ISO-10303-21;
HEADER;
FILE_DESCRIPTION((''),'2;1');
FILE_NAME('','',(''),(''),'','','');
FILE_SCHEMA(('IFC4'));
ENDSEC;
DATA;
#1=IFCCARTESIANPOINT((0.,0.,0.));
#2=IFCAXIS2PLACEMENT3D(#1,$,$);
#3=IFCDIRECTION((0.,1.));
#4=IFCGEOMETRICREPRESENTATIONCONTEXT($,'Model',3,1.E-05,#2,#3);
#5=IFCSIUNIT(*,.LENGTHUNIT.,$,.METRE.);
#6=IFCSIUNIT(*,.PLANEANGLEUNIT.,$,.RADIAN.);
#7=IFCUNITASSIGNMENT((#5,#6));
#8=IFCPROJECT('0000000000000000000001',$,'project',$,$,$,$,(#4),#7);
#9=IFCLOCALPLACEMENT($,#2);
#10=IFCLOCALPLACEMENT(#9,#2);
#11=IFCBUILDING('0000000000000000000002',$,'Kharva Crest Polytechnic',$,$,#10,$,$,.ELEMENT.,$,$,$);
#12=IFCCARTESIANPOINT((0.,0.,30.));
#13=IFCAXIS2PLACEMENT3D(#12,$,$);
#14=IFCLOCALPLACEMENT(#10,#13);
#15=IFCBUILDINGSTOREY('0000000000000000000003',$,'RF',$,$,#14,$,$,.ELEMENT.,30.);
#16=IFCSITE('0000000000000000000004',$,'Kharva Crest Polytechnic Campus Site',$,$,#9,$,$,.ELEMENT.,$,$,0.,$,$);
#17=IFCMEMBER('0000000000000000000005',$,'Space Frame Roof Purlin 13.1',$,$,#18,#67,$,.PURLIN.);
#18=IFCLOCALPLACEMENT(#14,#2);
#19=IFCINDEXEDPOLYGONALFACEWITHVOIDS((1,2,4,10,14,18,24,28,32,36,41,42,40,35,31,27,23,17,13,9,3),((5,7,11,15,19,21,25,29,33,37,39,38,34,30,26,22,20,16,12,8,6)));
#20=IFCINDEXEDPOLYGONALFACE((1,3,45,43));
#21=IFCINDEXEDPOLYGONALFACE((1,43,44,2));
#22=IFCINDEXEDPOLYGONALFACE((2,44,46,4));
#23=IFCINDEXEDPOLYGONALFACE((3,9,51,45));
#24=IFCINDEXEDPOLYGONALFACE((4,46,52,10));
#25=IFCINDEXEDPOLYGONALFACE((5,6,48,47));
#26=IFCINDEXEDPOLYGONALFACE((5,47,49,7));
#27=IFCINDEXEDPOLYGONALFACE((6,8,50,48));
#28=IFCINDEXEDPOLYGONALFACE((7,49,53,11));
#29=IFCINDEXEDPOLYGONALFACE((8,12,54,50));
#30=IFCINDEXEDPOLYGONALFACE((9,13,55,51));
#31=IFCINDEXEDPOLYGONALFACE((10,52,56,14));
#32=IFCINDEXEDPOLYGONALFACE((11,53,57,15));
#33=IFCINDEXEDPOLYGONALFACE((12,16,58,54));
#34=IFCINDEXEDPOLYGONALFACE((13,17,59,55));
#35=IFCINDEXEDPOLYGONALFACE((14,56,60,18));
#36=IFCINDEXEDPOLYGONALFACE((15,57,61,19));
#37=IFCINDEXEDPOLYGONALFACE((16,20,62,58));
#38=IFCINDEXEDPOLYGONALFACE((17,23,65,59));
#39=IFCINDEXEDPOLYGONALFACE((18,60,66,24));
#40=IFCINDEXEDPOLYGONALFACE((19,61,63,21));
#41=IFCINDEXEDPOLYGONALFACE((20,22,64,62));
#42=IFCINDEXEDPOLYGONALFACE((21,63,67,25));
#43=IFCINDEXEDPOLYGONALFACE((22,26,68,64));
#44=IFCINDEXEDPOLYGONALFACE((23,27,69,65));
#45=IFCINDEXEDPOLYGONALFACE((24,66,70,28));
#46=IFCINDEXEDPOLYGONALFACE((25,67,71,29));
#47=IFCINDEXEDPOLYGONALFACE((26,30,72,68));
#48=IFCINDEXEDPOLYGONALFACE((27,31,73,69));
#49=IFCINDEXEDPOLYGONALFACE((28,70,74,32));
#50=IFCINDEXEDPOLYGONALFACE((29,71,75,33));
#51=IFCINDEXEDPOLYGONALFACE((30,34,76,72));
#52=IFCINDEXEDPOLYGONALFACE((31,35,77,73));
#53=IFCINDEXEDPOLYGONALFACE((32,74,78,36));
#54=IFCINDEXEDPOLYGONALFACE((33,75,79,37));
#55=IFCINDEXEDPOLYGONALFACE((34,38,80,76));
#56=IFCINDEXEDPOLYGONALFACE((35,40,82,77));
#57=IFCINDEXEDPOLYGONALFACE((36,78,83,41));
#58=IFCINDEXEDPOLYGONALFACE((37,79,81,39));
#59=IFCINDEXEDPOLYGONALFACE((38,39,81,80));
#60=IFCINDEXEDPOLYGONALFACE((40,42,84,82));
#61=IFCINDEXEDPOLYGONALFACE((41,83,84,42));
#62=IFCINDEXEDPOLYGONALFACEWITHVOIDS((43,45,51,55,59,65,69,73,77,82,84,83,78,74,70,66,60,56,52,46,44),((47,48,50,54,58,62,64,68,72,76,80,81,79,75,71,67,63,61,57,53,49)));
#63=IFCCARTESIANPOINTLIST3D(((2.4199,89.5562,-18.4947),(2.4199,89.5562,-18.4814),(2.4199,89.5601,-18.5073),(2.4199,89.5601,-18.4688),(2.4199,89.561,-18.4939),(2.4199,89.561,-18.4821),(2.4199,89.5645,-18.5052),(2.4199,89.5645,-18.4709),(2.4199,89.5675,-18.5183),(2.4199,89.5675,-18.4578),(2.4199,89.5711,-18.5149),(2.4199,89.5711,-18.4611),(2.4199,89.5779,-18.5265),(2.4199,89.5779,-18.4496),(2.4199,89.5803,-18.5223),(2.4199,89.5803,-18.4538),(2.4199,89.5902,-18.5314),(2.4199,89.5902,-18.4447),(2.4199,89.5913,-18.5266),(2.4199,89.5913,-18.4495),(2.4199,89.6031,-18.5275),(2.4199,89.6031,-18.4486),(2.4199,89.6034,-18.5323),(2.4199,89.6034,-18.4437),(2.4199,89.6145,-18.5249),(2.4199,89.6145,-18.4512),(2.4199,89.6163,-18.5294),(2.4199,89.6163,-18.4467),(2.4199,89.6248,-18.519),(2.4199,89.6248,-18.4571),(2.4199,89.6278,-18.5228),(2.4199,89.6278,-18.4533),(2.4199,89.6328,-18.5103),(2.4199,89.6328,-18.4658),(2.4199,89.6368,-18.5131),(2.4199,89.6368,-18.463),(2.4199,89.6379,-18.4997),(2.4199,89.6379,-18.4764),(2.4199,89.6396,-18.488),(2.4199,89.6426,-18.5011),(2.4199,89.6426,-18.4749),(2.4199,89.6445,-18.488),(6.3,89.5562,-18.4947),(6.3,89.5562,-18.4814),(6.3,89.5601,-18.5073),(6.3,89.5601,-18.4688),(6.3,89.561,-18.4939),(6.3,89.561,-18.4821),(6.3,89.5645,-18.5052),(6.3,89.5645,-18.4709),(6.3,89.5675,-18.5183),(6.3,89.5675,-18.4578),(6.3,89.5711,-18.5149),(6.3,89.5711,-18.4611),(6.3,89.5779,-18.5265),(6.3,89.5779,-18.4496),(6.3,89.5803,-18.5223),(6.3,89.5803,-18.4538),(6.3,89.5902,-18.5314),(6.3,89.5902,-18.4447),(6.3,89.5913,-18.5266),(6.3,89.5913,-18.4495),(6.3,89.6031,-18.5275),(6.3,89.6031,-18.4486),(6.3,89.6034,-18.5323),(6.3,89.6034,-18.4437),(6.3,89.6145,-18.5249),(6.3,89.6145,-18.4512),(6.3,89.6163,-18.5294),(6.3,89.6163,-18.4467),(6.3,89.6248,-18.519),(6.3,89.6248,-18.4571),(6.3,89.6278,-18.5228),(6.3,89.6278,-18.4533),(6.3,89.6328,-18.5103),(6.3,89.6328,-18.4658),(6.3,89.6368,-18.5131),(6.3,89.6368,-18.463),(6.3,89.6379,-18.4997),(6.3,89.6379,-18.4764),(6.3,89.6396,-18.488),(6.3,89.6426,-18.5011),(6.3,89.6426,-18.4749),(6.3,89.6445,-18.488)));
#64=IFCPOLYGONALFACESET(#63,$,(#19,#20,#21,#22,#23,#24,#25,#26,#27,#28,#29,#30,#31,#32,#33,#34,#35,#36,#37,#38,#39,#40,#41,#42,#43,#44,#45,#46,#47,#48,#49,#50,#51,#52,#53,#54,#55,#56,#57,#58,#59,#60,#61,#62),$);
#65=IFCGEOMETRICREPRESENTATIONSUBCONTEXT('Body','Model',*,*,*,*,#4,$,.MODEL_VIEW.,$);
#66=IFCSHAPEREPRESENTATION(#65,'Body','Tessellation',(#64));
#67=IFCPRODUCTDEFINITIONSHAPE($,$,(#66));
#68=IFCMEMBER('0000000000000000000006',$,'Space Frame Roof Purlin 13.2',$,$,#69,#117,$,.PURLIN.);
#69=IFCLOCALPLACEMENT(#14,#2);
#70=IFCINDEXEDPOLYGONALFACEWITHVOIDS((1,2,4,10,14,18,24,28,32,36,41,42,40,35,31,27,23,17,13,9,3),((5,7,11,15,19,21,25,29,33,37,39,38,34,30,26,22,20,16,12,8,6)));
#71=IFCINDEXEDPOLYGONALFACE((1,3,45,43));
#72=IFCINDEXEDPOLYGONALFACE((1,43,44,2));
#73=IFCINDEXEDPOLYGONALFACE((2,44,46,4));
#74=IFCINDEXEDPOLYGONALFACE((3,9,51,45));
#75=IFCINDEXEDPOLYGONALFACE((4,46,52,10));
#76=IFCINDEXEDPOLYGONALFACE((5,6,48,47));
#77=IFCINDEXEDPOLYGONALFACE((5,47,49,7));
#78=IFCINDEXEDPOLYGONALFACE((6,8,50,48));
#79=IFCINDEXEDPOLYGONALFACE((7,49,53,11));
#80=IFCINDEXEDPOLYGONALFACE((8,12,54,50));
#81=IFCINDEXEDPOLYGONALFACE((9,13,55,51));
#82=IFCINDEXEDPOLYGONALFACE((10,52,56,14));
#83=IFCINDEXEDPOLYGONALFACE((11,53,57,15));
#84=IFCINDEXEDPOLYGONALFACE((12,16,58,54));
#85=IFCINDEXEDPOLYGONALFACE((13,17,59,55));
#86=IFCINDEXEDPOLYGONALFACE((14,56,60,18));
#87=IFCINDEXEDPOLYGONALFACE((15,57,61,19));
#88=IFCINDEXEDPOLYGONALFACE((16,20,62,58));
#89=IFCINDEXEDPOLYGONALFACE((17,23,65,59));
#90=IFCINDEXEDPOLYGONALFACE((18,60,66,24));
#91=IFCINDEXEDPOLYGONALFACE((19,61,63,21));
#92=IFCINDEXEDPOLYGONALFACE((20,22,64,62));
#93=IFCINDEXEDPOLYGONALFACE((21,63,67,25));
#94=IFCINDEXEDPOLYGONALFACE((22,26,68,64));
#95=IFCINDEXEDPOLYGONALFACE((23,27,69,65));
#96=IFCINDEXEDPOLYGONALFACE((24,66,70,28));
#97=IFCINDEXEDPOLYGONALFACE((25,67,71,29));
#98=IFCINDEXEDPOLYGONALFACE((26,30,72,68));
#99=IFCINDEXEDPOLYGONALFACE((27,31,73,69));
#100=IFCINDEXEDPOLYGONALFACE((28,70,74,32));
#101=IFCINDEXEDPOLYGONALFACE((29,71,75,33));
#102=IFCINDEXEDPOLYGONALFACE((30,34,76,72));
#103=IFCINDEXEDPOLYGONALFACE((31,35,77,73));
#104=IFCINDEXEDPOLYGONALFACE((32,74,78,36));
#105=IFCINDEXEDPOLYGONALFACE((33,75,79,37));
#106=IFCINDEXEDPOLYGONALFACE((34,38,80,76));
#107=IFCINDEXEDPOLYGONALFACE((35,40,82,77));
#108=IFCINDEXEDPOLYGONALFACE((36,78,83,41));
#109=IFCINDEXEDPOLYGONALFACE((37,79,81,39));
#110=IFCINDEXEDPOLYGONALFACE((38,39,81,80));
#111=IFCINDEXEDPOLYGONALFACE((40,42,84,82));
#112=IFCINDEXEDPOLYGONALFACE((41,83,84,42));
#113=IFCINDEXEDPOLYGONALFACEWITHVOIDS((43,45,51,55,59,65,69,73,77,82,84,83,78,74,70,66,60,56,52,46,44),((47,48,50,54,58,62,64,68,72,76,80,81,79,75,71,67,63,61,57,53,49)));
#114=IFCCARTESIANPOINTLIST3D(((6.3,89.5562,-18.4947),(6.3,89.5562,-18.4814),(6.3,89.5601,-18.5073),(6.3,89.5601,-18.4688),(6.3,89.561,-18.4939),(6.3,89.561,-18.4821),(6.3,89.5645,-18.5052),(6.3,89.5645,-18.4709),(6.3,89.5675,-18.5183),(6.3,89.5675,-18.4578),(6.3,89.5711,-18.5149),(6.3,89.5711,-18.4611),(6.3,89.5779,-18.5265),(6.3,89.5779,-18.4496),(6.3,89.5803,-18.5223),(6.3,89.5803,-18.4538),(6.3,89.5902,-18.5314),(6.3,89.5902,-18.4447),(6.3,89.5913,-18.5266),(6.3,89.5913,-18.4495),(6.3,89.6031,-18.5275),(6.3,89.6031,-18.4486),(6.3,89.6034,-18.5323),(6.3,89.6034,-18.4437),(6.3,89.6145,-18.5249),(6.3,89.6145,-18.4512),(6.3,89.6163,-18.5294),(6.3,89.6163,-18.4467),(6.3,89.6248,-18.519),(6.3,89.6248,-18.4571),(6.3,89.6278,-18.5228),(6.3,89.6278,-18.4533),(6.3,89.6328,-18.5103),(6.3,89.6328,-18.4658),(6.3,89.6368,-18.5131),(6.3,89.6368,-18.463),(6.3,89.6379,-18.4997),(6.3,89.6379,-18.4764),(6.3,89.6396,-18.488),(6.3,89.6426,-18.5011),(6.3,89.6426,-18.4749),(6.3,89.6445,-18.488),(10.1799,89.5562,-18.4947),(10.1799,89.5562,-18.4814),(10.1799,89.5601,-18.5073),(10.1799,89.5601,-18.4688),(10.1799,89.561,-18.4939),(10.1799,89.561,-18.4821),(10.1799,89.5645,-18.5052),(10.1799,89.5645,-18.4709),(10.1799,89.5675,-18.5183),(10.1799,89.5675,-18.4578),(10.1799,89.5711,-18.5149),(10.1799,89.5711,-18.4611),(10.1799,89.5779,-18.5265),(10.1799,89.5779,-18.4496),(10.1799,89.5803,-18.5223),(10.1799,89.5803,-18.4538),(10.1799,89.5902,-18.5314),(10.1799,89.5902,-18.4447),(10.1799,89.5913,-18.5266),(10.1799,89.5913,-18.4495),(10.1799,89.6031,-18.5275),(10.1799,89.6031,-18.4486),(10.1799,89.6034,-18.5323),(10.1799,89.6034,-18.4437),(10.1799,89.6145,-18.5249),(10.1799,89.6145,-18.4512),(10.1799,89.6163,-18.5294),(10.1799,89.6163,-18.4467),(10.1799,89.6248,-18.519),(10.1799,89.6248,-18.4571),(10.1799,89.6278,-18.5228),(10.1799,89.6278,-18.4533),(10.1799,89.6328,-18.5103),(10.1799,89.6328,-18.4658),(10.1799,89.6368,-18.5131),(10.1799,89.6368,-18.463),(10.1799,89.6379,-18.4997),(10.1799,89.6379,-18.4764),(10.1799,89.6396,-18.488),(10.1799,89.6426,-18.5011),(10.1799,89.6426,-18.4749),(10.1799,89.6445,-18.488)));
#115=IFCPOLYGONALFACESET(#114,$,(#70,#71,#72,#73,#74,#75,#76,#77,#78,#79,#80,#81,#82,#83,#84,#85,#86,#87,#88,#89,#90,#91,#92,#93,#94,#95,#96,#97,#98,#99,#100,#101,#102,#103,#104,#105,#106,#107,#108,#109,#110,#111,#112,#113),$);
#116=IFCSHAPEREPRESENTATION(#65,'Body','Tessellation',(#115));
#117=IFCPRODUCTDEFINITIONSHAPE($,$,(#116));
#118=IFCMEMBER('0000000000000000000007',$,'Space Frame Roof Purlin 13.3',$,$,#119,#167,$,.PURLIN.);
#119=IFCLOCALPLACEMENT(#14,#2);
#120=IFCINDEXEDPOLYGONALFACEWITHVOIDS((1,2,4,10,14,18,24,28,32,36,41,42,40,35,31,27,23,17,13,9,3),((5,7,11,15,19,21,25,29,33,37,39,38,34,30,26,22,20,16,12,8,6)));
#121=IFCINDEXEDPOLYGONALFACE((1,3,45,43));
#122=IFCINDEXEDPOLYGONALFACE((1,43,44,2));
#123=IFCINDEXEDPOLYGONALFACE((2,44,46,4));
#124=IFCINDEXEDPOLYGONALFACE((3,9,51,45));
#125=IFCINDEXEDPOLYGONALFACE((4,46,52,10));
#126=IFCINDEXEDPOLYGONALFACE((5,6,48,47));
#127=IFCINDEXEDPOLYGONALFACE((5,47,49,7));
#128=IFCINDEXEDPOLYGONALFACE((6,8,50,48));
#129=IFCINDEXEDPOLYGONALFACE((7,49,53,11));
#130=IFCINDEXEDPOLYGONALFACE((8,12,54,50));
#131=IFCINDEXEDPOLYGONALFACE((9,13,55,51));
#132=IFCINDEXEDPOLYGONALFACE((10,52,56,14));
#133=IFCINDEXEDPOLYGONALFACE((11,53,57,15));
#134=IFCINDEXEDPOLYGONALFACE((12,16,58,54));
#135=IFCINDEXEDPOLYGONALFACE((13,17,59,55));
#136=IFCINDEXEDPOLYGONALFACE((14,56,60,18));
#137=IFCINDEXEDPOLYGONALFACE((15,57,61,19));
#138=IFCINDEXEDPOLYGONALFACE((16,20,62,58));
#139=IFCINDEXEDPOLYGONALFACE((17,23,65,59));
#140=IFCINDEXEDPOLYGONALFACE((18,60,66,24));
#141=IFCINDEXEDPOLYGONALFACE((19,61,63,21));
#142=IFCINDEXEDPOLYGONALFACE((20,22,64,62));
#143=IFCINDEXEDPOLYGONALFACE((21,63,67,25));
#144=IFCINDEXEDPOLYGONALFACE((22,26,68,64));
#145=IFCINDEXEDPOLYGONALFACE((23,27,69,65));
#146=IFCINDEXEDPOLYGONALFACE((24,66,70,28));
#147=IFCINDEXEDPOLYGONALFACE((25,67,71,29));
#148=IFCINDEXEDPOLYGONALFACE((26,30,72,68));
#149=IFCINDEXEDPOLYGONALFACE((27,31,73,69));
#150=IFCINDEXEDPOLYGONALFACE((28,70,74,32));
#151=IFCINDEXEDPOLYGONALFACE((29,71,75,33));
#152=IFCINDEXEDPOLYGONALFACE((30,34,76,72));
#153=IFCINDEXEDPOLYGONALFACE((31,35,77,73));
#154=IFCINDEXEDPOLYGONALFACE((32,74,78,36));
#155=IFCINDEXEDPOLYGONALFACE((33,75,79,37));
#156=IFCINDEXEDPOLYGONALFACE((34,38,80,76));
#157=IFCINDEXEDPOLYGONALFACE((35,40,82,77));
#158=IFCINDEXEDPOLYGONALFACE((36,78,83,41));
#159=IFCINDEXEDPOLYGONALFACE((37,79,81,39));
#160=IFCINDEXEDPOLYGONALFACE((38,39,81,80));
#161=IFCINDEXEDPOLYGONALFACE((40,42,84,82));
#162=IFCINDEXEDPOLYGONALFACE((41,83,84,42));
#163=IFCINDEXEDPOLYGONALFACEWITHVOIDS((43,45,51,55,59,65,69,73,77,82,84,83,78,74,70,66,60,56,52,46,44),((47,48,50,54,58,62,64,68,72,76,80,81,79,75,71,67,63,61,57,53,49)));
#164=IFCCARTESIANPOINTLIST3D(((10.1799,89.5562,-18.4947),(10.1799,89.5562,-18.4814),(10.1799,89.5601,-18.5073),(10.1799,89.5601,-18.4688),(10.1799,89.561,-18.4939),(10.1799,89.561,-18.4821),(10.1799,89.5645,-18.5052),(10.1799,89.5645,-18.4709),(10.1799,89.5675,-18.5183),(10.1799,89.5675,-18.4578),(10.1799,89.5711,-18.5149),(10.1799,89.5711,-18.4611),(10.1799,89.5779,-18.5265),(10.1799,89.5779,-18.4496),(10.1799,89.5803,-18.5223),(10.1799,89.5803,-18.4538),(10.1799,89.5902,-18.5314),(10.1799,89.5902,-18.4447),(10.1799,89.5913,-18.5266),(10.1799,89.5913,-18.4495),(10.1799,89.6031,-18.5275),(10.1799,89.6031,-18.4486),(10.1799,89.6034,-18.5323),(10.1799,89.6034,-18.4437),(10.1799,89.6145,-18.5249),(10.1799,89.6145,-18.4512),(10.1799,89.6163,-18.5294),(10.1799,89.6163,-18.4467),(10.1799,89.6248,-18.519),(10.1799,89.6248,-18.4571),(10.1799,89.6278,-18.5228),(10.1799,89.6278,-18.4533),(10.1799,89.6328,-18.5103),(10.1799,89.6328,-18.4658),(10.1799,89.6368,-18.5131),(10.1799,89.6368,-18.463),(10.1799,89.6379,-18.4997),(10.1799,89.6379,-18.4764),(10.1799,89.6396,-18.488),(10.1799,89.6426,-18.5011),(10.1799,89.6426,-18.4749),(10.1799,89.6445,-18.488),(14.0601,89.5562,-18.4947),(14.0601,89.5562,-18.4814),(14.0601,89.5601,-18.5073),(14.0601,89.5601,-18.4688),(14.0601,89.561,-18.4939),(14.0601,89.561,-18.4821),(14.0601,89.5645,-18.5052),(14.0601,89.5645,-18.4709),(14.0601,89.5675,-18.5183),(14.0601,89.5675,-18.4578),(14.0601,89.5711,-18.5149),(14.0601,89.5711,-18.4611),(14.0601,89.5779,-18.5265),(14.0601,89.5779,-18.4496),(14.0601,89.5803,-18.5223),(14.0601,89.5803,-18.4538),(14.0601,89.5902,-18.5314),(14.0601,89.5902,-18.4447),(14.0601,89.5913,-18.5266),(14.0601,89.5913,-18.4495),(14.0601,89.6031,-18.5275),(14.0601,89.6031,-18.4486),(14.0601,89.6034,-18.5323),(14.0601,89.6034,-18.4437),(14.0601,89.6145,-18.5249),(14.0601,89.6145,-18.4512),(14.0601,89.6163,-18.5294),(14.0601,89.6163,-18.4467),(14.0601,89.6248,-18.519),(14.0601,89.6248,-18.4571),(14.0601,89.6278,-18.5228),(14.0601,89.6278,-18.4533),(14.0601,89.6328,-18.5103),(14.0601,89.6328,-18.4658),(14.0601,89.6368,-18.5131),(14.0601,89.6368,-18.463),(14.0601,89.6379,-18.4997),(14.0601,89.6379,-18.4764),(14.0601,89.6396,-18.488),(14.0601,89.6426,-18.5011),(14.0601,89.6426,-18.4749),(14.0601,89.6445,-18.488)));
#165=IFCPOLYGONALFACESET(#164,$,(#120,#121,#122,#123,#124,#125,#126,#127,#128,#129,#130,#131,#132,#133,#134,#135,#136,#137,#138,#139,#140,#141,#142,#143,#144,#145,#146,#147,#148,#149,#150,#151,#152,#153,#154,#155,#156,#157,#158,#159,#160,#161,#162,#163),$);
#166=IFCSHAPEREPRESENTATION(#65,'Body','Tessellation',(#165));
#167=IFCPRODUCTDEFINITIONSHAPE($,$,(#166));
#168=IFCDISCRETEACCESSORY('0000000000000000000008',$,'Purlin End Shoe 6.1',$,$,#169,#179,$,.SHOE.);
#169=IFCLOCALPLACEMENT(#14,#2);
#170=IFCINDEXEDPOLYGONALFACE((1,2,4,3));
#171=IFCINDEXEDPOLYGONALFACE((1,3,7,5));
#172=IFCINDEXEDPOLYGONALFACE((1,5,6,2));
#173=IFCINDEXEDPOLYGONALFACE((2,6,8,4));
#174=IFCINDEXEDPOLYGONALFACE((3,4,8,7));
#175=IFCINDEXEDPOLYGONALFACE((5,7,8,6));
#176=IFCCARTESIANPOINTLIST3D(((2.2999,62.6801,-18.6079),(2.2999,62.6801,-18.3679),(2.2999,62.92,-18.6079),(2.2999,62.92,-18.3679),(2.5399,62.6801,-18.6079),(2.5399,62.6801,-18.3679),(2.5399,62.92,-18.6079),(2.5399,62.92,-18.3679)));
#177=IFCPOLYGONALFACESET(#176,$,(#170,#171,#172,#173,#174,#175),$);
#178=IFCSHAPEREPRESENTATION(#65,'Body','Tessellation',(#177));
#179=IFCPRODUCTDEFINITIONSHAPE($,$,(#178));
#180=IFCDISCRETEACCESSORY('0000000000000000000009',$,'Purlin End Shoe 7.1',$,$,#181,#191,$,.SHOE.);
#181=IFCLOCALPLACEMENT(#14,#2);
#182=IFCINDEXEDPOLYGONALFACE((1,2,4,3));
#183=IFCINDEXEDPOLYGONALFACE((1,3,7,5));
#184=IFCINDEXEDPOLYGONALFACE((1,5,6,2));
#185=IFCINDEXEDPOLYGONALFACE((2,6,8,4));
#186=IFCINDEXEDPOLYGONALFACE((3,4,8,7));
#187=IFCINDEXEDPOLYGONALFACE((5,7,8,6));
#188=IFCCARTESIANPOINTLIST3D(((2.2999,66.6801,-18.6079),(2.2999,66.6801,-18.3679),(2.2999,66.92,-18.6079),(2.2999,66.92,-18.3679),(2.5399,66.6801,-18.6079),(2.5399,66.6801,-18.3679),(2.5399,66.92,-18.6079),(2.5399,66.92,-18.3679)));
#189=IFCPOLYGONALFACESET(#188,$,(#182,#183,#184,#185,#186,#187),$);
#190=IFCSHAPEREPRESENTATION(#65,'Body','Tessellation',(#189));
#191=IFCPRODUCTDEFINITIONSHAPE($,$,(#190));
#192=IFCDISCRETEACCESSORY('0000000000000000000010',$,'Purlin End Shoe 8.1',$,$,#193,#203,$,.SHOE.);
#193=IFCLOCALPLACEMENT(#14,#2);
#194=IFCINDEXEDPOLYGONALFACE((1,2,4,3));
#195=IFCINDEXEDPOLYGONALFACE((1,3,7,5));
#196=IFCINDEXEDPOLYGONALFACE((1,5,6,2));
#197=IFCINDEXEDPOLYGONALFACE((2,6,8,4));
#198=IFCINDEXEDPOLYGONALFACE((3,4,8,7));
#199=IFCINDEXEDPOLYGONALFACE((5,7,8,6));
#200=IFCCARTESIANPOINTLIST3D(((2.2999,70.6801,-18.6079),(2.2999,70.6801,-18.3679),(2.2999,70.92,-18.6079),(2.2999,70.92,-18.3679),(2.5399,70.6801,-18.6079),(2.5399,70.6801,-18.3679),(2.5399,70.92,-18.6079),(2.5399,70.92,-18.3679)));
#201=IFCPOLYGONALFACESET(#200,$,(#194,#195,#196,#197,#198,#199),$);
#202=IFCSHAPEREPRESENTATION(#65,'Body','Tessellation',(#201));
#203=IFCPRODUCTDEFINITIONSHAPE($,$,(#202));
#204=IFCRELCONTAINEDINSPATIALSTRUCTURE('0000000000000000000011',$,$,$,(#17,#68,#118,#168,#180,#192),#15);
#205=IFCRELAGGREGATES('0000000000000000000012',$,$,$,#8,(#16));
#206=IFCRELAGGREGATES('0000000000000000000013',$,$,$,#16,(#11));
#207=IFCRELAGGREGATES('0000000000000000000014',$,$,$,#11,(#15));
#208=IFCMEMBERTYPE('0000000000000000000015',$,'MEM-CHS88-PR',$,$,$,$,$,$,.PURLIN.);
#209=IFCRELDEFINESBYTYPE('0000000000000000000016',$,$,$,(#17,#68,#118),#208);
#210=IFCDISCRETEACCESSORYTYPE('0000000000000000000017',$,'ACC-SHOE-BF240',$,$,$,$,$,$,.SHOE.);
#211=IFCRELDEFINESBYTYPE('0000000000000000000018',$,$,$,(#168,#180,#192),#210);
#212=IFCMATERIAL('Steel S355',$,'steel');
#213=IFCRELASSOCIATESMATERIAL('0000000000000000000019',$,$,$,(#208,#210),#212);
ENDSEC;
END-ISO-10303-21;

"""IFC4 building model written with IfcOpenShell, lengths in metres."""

from ifc_helpers import new_model, si_unit, direction, frame, origin, origin_2d, place, context, subcontext, project, spatial, rectangle, hollow_circle, extrude, material, material_profile, profile_set, type_object, element, save


model = new_model("IFC4")

# Units and contexts
model_context = context("Model", 3, precision=1e-05, world=origin(), true_north=direction((0.0, 1.0)))
body_context = subcontext(model_context, "Body", "Model", "MODEL_VIEW")
ifc_project = project(units=[si_unit("LENGTHUNIT", "METRE"), si_unit("PLANEANGLEUNIT", "RADIAN")], contexts=[model_context])

# Site, building, storey
site_placement = place(None, origin())
site = spatial("IfcSite", under=ifc_project, at=site_placement, Name="Kharva Crest Polytechnic Campus Site", CompositionType="ELEMENT", RefElevation=0.0)
building_placement = place(site_placement, origin())
building = spatial("IfcBuilding", under=site, at=building_placement, Name="Kharva Crest Polytechnic", CompositionType="ELEMENT")
storey_placement = place(building_placement, frame((0.0, 0.0, 30.0)))
storey = spatial("IfcBuildingStorey", under=building, at=storey_placement, Name="RF", CompositionType="ELEMENT", Elevation=30.0)

# Members
ifc_material = material(Name="Steel S355", Category="steel")
ifc_material_profile = material_profile(ifc_material, hollow_circle(Radius=0.0444, WallThickness=0.0049, at=origin_2d()), Name="CHS 88.9X5.0")
ifc_profile_set = profile_set([ifc_material_profile], Name="Steel S355")
member_type = type_object("IfcMemberType", Name="MEM-CHS88-PR", PredefinedType="PURLIN", material=ifc_profile_set)
for number, where, z_axis, x_axis, name in (
    (1, (2.4199, 89.6001, -18.488), (1.0, 0.0, 0.0), (0.0, 1.0, 0.0), "Space Frame Roof Purlin 13.1"),
):
    element("IfcMember", number, at=place(storey_placement, frame(where, z_axis=z_axis, x_axis=x_axis)), inside=storey, type_object=member_type, Name=name, PredefinedType="PURLIN", context=body_context, shape_type="SweptSolid", body=[
        extrude(hollow_circle(Radius=0.0444, WallThickness=0.0049, at=origin_2d()), origin(), (0.0, 0.0, 1.0), 3.8801),
    ])
member_1_placement = place(storey_placement, frame((6.3, 89.6001, -18.488), z_axis=(1.0, 0.0, 0.0), x_axis=(0.0, 1.0, 0.0)))
element("IfcMember", 2, at=member_1_placement, inside=storey, type_object=member_type, Name="Space Frame Roof Purlin 13.2", PredefinedType="PURLIN", context=body_context, shape_type="SweptSolid", body=[
    extrude(hollow_circle(Radius=0.0444, WallThickness=0.0049, at=origin_2d()), origin(), (0.0, 0.0, 1.0), 3.8799),
])
member_2_placement = place(storey_placement, frame((10.1799, 89.6001, -18.488), z_axis=(1.0, 0.0, 0.0), x_axis=(0.0, 1.0, 0.0)))
element("IfcMember", 3, at=member_2_placement, inside=storey, type_object=member_type, Name="Space Frame Roof Purlin 13.3", PredefinedType="PURLIN", context=body_context, shape_type="SweptSolid", body=[
    extrude(hollow_circle(Radius=0.0444, WallThickness=0.0049, at=origin_2d()), origin(), (0.0, 0.0, 1.0), 3.8801),
])

# Discrete accessories
discrete_accessory_type = type_object("IfcDiscreteAccessoryType", Name="ACC-SHOE-BF240", PredefinedType="SHOE", material=ifc_material)
for number, where, z_axis, x_axis, name in (
    (4, (2.4199, 62.8, -18.6079), (0.0, 0.0, 1.0), (1.0, 0.0, 0.0), "Purlin End Shoe 6.1"),
    (5, (2.4199, 66.8, -18.6079), (0.0, 0.0, 1.0), (1.0, 0.0, 0.0), "Purlin End Shoe 7.1"),
    (6, (2.4199, 70.8, -18.6079), (0.0, 0.0, 1.0), (1.0, 0.0, 0.0), "Purlin End Shoe 8.1"),
):
    element("IfcDiscreteAccessory", number, at=place(storey_placement, frame(where, z_axis=z_axis, x_axis=x_axis)), inside=storey, type_object=discrete_accessory_type, Name=name, PredefinedType="SHOE", context=body_context, shape_type="SweptSolid", body=[
        extrude(rectangle(XDim=0.24, YDim=0.24, at=origin_2d()), origin(), (0.0, 0.0, 1.0), 0.24),
    ])

save(model, "model.ifc")
